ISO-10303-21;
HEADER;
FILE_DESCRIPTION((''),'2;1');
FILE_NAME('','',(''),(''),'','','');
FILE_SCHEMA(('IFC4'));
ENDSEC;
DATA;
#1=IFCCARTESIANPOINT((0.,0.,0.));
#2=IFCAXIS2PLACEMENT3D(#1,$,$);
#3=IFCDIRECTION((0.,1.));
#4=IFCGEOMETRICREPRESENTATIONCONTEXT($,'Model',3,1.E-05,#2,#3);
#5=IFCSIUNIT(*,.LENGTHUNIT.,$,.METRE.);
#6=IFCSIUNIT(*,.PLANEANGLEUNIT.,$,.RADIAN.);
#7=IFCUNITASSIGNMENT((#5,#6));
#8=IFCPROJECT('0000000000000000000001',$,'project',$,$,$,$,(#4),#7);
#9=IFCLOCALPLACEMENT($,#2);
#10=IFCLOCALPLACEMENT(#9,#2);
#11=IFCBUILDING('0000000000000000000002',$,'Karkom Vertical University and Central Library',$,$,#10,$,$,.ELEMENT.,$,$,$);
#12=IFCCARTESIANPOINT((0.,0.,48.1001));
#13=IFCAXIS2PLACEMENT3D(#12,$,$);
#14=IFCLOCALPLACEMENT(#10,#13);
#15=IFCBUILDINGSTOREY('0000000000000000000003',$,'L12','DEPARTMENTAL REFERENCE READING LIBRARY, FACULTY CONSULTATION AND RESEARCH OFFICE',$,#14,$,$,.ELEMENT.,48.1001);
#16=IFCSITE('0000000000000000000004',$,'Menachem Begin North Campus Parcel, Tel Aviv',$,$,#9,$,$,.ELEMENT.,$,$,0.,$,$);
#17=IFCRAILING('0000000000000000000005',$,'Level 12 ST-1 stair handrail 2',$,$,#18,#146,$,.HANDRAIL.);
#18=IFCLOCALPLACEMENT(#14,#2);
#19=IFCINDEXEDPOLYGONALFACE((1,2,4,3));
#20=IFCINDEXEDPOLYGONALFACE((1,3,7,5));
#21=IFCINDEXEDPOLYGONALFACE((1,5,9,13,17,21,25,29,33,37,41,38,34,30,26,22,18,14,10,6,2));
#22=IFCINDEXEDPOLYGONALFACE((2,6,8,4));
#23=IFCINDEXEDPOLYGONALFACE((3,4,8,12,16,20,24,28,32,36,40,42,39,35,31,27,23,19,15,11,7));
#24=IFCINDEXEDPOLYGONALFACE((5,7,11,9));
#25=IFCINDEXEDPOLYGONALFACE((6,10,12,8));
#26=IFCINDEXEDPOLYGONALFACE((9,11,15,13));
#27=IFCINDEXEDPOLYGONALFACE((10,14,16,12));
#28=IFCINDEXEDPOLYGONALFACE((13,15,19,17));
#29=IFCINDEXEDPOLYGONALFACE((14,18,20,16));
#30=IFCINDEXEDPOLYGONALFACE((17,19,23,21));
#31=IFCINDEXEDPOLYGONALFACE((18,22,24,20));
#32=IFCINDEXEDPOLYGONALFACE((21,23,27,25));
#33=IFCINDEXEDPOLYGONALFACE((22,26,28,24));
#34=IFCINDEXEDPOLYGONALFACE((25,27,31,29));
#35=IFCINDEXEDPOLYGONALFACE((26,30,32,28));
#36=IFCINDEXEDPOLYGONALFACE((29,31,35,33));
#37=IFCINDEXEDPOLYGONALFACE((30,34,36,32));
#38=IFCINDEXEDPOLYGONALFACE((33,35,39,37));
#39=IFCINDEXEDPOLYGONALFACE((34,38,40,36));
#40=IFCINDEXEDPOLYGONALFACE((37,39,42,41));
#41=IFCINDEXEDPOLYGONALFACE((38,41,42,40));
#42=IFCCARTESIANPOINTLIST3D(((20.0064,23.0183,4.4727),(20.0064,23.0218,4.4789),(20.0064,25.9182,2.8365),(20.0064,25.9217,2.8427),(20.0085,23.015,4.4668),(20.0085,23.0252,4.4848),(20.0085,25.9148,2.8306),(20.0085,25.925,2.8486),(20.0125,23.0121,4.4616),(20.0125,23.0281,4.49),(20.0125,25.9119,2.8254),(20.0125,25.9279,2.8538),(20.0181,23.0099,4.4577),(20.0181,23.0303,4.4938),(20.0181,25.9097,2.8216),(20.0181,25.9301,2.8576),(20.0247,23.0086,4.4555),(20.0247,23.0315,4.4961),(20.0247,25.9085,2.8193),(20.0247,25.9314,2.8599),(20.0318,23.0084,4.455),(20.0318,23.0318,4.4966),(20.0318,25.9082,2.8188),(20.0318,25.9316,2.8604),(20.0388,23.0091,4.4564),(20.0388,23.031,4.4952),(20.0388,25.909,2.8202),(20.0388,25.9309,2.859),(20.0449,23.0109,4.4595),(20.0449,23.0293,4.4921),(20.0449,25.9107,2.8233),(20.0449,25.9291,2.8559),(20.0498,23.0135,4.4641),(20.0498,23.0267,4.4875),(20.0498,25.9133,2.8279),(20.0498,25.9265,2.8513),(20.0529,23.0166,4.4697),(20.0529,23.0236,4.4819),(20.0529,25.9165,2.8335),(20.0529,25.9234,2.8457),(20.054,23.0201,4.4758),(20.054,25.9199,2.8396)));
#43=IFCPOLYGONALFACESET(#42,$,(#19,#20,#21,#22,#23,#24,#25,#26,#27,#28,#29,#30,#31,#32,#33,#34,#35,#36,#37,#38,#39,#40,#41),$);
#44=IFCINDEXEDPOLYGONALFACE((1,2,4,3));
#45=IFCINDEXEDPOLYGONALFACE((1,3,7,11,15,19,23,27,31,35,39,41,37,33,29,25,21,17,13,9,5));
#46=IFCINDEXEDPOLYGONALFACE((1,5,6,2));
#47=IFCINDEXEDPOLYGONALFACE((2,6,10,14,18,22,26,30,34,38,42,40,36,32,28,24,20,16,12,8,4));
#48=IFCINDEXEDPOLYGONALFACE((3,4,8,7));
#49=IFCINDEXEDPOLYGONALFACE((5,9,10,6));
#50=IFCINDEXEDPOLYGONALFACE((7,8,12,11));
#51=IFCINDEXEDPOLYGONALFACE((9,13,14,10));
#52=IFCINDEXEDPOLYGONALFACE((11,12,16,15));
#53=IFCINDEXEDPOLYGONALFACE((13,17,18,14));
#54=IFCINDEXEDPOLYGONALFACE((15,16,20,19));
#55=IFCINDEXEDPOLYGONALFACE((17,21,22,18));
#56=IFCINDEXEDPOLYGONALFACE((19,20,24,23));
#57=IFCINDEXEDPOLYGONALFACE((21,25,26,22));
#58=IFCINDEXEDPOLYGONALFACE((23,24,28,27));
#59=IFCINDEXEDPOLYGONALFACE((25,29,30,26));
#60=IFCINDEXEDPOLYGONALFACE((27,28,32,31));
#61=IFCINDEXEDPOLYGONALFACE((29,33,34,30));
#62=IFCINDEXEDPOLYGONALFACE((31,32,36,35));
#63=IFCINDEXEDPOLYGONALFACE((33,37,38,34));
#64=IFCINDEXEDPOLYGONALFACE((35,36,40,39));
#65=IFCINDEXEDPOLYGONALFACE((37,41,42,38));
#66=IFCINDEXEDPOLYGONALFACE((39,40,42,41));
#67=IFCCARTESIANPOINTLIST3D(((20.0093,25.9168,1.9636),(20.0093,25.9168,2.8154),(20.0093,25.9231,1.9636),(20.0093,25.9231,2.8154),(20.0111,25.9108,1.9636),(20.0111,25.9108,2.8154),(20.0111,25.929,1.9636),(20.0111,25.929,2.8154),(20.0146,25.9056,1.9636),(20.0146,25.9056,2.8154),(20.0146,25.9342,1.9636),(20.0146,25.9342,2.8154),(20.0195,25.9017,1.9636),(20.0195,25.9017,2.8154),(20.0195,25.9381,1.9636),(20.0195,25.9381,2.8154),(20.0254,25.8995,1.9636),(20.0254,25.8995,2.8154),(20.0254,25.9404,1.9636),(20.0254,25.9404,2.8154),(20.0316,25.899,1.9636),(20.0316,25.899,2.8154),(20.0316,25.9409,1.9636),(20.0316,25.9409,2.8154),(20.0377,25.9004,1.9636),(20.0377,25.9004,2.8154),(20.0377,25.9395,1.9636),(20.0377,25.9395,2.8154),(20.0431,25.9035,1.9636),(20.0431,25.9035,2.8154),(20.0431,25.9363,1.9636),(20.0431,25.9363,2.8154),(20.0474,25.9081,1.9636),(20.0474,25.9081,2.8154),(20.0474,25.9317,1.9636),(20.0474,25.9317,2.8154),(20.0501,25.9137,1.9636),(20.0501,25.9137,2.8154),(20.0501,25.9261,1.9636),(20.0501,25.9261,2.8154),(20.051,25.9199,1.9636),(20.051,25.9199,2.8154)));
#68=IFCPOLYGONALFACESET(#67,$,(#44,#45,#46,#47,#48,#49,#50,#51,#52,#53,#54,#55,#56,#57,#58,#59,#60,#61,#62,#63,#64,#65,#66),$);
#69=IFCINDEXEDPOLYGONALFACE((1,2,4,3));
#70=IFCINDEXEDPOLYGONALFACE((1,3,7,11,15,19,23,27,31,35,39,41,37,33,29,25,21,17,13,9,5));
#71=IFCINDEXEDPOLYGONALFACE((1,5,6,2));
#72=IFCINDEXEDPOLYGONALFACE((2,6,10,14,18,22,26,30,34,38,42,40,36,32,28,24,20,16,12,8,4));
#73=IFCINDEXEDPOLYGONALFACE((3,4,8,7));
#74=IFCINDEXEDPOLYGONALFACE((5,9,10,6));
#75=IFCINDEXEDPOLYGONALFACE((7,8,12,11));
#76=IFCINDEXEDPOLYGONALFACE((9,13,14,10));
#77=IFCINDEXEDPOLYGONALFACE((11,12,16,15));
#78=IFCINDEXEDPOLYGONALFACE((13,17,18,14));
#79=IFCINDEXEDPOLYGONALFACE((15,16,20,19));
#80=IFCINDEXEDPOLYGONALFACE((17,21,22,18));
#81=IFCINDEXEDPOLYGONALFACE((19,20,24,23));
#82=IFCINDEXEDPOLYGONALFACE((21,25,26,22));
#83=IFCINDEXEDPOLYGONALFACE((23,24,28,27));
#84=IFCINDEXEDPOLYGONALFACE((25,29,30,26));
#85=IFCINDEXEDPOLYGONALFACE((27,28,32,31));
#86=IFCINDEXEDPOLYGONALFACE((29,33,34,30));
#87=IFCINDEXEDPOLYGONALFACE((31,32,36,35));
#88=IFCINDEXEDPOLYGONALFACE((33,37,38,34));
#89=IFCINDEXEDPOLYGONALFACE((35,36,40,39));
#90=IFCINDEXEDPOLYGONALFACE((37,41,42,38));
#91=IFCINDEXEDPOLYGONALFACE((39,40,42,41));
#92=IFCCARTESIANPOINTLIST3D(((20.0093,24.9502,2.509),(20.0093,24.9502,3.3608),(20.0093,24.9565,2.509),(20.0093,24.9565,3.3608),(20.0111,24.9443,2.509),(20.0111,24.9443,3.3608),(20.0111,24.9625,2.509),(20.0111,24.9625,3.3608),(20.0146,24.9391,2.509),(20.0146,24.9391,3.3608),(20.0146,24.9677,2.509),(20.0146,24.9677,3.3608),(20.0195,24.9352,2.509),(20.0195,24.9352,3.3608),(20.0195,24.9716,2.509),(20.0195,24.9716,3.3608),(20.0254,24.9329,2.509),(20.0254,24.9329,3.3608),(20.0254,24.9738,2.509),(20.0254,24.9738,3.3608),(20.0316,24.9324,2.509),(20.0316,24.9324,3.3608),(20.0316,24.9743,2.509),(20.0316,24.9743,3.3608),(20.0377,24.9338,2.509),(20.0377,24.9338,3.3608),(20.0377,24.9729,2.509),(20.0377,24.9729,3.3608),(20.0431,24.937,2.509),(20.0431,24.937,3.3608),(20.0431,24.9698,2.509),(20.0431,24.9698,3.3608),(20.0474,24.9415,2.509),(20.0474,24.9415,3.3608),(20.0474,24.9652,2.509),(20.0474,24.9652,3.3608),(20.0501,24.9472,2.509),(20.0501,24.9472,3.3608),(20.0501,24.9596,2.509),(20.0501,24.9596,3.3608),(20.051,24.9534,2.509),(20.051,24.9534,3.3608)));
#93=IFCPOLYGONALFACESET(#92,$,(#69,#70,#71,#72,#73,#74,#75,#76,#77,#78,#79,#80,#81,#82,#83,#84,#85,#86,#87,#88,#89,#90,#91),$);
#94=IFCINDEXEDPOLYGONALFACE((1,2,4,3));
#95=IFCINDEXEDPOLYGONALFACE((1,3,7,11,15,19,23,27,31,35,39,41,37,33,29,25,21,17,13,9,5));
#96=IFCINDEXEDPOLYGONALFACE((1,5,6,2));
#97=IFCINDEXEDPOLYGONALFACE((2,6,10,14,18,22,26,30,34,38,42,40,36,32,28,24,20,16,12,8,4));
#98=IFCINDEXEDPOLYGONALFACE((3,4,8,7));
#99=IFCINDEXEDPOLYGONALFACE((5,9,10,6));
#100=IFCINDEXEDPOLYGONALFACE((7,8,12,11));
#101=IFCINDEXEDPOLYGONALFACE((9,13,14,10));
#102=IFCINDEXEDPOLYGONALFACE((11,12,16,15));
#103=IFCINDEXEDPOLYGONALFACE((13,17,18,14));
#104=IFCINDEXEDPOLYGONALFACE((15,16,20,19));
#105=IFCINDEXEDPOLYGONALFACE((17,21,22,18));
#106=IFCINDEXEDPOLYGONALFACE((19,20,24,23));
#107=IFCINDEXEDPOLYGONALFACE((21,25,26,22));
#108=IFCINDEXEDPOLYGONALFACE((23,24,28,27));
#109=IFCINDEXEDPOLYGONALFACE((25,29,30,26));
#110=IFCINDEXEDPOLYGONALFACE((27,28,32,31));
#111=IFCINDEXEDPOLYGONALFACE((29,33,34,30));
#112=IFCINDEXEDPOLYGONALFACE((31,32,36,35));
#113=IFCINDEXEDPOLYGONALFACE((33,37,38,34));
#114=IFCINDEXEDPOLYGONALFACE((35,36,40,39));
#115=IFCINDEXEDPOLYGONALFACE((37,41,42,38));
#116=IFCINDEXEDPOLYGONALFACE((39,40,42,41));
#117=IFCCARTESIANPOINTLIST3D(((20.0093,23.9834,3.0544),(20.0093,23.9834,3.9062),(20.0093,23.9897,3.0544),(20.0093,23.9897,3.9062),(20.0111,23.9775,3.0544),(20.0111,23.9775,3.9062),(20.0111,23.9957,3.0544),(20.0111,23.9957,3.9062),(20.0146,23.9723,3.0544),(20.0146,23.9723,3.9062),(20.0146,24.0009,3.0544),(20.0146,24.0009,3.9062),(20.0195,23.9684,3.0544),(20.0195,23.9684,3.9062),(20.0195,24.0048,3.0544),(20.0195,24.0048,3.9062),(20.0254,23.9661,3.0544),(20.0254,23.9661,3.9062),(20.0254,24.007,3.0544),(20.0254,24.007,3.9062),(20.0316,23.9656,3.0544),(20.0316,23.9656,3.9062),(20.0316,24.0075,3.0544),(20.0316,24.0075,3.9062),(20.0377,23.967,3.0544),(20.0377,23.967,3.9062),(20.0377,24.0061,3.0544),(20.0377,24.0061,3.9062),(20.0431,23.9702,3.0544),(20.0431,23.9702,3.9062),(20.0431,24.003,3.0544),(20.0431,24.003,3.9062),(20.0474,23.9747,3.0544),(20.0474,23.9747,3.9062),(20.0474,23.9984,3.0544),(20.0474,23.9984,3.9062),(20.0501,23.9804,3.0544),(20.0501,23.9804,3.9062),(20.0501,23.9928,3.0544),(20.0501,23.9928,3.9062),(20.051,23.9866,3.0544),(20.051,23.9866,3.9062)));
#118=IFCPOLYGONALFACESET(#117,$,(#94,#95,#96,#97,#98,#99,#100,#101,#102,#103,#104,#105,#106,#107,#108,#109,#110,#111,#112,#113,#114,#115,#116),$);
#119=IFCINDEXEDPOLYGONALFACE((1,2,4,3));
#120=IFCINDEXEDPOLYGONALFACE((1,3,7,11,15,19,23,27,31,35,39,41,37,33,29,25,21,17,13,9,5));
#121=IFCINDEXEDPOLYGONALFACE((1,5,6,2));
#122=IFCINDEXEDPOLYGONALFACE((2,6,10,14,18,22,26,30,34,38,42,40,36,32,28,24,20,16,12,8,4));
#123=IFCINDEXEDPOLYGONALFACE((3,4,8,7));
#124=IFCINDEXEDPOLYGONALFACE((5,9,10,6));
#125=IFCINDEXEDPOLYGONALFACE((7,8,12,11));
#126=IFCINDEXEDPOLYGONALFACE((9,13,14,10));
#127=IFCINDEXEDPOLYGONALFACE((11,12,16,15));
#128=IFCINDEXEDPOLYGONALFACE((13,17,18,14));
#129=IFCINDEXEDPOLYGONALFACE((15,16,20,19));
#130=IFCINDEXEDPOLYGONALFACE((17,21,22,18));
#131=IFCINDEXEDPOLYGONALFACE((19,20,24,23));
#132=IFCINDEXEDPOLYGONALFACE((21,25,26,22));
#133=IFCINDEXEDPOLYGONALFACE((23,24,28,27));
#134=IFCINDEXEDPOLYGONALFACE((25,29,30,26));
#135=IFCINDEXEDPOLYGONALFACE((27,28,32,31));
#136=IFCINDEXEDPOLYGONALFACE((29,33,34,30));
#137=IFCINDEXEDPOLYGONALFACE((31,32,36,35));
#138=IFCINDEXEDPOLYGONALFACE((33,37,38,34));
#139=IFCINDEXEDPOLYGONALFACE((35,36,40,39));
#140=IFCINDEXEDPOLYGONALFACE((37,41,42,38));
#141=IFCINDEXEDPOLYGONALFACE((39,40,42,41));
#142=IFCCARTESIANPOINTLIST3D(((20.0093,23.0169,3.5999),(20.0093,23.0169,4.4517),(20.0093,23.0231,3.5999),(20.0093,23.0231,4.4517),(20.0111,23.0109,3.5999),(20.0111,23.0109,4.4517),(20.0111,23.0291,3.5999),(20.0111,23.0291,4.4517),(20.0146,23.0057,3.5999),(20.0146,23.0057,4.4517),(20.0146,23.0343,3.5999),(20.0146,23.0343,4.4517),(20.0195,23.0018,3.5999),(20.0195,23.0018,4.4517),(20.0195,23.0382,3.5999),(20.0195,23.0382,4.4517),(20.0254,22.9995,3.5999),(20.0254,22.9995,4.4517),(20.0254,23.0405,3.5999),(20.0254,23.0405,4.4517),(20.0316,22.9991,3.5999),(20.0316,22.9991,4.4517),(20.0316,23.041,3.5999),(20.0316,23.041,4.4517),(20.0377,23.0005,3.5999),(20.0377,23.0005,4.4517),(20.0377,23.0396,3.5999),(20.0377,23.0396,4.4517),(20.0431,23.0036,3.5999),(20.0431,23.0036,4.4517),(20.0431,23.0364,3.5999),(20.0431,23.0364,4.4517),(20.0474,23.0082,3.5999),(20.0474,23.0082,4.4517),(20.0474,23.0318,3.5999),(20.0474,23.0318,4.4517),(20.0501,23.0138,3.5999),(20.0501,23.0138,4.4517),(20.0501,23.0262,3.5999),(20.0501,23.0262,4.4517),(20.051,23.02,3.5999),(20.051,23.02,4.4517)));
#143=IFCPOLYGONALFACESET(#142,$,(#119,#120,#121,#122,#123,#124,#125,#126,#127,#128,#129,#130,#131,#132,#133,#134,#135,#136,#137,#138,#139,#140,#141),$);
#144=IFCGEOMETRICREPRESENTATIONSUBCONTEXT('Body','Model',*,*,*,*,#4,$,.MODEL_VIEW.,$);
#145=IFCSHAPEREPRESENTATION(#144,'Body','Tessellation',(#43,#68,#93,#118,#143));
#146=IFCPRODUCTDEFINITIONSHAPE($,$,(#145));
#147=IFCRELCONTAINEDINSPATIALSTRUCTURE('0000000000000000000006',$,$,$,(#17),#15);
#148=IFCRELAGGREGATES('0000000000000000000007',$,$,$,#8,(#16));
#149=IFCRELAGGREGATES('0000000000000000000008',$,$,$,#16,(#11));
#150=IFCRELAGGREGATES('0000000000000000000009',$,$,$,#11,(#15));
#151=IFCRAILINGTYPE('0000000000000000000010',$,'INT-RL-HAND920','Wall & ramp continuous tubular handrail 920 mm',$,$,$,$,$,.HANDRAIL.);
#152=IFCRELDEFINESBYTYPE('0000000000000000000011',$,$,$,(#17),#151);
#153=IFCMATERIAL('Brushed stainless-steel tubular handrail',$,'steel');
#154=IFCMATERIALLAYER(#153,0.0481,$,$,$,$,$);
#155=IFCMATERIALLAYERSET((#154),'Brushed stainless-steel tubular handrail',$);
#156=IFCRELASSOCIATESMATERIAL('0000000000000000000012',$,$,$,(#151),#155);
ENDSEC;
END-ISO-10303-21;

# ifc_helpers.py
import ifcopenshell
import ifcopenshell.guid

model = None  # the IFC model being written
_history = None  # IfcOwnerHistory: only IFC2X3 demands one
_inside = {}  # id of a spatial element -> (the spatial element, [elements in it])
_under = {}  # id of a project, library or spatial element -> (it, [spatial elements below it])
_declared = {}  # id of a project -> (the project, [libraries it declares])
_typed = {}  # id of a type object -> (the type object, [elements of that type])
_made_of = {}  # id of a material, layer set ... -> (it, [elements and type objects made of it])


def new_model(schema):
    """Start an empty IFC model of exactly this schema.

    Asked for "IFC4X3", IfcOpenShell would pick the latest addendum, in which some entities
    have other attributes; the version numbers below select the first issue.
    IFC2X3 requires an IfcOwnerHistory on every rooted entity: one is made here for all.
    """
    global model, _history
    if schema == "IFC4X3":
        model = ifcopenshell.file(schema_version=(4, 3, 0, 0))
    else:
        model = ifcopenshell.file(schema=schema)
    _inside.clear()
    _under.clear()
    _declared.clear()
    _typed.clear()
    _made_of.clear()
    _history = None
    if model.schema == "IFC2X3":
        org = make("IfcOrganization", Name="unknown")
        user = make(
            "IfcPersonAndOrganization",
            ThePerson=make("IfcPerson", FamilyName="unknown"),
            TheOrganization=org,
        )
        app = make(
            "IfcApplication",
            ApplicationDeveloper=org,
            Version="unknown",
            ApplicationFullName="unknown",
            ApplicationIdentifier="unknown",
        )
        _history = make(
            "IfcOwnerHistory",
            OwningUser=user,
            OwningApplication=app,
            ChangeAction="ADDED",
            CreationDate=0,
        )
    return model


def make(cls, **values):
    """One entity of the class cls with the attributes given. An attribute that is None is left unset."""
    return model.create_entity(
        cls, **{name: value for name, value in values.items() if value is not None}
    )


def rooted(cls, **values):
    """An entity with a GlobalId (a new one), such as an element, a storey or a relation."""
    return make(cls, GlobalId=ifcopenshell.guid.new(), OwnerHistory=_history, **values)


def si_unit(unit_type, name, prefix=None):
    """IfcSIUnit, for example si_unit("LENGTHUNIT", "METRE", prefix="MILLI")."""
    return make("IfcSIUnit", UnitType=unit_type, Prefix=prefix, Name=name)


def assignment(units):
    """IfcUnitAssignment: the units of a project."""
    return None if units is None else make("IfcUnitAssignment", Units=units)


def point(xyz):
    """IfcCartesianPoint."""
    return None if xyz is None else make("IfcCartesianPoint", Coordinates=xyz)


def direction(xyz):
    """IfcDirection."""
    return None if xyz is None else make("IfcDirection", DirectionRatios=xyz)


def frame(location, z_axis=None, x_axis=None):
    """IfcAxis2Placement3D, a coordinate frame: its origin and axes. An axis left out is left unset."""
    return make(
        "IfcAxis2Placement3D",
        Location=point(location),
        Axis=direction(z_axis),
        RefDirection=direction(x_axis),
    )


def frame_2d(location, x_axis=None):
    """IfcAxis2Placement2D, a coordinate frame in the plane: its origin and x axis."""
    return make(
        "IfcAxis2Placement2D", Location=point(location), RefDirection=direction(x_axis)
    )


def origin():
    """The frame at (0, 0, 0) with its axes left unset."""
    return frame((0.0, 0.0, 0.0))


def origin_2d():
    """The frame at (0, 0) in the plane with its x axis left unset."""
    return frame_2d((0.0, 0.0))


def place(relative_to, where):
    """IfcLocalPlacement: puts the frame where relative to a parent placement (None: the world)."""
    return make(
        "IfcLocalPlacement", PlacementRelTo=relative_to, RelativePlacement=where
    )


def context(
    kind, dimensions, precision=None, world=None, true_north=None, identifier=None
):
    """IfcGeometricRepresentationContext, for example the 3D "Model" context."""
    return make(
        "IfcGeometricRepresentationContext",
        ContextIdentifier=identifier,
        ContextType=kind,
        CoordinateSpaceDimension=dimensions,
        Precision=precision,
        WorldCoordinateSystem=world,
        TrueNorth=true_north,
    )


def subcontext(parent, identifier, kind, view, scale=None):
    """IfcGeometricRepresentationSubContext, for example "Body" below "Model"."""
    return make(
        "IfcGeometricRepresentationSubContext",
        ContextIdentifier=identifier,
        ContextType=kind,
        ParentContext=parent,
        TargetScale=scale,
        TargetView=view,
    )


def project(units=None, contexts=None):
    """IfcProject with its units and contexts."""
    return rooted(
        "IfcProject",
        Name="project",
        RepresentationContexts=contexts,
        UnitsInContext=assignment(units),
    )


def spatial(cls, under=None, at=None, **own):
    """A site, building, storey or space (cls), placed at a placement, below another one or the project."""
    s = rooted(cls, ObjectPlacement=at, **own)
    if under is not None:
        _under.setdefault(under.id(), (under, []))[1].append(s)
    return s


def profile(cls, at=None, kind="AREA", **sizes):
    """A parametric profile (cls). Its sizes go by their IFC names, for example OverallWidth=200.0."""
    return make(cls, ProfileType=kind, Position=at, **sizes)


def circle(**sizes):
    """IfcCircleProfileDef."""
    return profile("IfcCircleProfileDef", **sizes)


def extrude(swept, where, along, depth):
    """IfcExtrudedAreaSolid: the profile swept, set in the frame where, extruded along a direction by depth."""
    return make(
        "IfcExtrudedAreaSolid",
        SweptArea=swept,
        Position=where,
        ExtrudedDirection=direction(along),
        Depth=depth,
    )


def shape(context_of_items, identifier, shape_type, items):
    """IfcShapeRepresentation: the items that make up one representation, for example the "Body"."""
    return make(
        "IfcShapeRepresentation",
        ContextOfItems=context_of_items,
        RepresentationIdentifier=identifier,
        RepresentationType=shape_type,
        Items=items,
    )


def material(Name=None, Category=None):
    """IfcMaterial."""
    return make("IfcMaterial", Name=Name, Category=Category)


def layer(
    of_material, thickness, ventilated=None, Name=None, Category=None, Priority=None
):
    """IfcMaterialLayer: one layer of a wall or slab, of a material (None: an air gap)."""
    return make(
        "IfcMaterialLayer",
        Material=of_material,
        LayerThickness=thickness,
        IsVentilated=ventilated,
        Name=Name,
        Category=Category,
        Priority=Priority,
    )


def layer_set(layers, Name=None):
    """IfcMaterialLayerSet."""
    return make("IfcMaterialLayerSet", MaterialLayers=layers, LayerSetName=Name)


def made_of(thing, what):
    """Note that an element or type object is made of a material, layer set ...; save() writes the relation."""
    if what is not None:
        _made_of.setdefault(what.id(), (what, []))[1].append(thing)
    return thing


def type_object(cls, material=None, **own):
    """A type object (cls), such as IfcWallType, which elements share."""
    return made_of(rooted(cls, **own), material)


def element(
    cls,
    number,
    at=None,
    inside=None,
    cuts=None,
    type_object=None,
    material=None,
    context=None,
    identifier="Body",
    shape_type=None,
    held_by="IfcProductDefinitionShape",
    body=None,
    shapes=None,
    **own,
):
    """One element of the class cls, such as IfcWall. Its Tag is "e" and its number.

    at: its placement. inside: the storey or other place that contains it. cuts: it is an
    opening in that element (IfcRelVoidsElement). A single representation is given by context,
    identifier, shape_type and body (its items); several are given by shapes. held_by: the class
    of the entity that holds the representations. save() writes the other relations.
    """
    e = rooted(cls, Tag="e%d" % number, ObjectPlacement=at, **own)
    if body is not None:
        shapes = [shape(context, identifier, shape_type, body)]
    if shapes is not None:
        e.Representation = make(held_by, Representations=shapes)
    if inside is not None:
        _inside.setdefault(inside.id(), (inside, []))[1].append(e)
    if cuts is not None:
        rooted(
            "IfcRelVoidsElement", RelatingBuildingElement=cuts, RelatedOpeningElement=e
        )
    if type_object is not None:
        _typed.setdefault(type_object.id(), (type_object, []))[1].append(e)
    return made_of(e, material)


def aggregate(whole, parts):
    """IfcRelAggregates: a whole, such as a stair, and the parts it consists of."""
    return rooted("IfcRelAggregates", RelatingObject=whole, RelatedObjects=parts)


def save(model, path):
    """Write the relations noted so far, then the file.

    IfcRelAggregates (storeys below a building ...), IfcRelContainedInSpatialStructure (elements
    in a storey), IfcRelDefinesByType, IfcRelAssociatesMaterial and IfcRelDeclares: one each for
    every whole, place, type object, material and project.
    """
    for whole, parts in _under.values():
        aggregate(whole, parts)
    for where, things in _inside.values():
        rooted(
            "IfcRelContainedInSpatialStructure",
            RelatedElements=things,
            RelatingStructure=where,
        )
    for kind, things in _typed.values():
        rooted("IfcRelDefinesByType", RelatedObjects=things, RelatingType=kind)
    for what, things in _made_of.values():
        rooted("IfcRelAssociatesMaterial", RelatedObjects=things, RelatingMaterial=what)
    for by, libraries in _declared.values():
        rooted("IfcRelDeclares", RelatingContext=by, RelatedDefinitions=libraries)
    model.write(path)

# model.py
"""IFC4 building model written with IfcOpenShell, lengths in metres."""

from ifc_helpers import new_model, si_unit, direction, frame, origin, origin_2d, place, context, subcontext, project, spatial, circle, extrude, material, layer, layer_set, type_object, element, save


model = new_model("IFC4")

# Units and contexts
model_context = context("Model", 3, precision=1e-05, world=origin(), true_north=direction((0.0, 1.0)))
body_context = subcontext(model_context, "Body", "Model", "MODEL_VIEW")
ifc_project = project(units=[si_unit("LENGTHUNIT", "METRE"), si_unit("PLANEANGLEUNIT", "RADIAN")], contexts=[model_context])

# Site, building, storey
site_placement = place(None, origin())
site = spatial("IfcSite", under=ifc_project, at=site_placement, Name="Menachem Begin North Campus Parcel, Tel Aviv", CompositionType="ELEMENT", RefElevation=0.0)
building_placement = place(site_placement, origin())
building = spatial("IfcBuilding", under=site, at=building_placement, Name="Karkom Vertical University and Central Library", CompositionType="ELEMENT")
storey_placement = place(building_placement, frame((0.0, 0.0, 48.1001)))
storey = spatial("IfcBuildingStorey", under=building, at=storey_placement, Name="L12", Description="DEPARTMENTAL REFERENCE READING LIBRARY, FACULTY CONSULTATION AND RESEARCH OFFICE", CompositionType="ELEMENT", Elevation=48.1001)

# Railing
ifc_material_1 = material(Name="Brushed stainless-steel tubular handrail", Category="steel")
ifc_layer_1 = layer(ifc_material_1, 0.0481)
ifc_layer_set_1 = layer_set([ifc_layer_1], Name="Brushed stainless-steel tubular handrail")
railing_type_1 = type_object("IfcRailingType", Name="INT-RL-HAND920", Description="Wall & ramp continuous tubular handrail 920 mm", PredefinedType="HANDRAIL", material=ifc_layer_set_1)
railing_1_placement = place(storey_placement, frame((20.03, 25.9199, 1.9636)))
element("IfcRailing", 1, at=railing_1_placement, inside=storey, type_object=railing_type_1, Name="Level 12 ST-1 stair handrail 2", PredefinedType="HANDRAIL", context=body_context, shape_type="SweptSolid", body=[
    extrude(circle(Radius=0.0239, at=origin_2d()), frame((0.0, 0.0, 0.876), z_axis=(0.0, -0.870929, 0.49141), x_axis=(1.0, 0.0, 0.0)), (0.0, 0.0, 1.0), 3.3296),
    extrude(circle(Radius=0.021, at=origin_2d()), origin(), (0.0, 0.0, 1.0), 0.8518),
    extrude(circle(Radius=0.021, at=origin_2d()), frame((0.0, -0.9666, 0.5454)), (0.0, 0.0, 1.0), 0.8518),
    extrude(circle(Radius=0.021, at=origin_2d()), frame((0.0, -1.9333, 1.0908)), (0.0, 0.0, 1.0), 0.8518),
    extrude(circle(Radius=0.021, at=origin_2d()), frame((0.0, -2.8999, 1.6362)), (0.0, 0.0, 1.0), 0.8518),
])

save(model, "model.ifc")
